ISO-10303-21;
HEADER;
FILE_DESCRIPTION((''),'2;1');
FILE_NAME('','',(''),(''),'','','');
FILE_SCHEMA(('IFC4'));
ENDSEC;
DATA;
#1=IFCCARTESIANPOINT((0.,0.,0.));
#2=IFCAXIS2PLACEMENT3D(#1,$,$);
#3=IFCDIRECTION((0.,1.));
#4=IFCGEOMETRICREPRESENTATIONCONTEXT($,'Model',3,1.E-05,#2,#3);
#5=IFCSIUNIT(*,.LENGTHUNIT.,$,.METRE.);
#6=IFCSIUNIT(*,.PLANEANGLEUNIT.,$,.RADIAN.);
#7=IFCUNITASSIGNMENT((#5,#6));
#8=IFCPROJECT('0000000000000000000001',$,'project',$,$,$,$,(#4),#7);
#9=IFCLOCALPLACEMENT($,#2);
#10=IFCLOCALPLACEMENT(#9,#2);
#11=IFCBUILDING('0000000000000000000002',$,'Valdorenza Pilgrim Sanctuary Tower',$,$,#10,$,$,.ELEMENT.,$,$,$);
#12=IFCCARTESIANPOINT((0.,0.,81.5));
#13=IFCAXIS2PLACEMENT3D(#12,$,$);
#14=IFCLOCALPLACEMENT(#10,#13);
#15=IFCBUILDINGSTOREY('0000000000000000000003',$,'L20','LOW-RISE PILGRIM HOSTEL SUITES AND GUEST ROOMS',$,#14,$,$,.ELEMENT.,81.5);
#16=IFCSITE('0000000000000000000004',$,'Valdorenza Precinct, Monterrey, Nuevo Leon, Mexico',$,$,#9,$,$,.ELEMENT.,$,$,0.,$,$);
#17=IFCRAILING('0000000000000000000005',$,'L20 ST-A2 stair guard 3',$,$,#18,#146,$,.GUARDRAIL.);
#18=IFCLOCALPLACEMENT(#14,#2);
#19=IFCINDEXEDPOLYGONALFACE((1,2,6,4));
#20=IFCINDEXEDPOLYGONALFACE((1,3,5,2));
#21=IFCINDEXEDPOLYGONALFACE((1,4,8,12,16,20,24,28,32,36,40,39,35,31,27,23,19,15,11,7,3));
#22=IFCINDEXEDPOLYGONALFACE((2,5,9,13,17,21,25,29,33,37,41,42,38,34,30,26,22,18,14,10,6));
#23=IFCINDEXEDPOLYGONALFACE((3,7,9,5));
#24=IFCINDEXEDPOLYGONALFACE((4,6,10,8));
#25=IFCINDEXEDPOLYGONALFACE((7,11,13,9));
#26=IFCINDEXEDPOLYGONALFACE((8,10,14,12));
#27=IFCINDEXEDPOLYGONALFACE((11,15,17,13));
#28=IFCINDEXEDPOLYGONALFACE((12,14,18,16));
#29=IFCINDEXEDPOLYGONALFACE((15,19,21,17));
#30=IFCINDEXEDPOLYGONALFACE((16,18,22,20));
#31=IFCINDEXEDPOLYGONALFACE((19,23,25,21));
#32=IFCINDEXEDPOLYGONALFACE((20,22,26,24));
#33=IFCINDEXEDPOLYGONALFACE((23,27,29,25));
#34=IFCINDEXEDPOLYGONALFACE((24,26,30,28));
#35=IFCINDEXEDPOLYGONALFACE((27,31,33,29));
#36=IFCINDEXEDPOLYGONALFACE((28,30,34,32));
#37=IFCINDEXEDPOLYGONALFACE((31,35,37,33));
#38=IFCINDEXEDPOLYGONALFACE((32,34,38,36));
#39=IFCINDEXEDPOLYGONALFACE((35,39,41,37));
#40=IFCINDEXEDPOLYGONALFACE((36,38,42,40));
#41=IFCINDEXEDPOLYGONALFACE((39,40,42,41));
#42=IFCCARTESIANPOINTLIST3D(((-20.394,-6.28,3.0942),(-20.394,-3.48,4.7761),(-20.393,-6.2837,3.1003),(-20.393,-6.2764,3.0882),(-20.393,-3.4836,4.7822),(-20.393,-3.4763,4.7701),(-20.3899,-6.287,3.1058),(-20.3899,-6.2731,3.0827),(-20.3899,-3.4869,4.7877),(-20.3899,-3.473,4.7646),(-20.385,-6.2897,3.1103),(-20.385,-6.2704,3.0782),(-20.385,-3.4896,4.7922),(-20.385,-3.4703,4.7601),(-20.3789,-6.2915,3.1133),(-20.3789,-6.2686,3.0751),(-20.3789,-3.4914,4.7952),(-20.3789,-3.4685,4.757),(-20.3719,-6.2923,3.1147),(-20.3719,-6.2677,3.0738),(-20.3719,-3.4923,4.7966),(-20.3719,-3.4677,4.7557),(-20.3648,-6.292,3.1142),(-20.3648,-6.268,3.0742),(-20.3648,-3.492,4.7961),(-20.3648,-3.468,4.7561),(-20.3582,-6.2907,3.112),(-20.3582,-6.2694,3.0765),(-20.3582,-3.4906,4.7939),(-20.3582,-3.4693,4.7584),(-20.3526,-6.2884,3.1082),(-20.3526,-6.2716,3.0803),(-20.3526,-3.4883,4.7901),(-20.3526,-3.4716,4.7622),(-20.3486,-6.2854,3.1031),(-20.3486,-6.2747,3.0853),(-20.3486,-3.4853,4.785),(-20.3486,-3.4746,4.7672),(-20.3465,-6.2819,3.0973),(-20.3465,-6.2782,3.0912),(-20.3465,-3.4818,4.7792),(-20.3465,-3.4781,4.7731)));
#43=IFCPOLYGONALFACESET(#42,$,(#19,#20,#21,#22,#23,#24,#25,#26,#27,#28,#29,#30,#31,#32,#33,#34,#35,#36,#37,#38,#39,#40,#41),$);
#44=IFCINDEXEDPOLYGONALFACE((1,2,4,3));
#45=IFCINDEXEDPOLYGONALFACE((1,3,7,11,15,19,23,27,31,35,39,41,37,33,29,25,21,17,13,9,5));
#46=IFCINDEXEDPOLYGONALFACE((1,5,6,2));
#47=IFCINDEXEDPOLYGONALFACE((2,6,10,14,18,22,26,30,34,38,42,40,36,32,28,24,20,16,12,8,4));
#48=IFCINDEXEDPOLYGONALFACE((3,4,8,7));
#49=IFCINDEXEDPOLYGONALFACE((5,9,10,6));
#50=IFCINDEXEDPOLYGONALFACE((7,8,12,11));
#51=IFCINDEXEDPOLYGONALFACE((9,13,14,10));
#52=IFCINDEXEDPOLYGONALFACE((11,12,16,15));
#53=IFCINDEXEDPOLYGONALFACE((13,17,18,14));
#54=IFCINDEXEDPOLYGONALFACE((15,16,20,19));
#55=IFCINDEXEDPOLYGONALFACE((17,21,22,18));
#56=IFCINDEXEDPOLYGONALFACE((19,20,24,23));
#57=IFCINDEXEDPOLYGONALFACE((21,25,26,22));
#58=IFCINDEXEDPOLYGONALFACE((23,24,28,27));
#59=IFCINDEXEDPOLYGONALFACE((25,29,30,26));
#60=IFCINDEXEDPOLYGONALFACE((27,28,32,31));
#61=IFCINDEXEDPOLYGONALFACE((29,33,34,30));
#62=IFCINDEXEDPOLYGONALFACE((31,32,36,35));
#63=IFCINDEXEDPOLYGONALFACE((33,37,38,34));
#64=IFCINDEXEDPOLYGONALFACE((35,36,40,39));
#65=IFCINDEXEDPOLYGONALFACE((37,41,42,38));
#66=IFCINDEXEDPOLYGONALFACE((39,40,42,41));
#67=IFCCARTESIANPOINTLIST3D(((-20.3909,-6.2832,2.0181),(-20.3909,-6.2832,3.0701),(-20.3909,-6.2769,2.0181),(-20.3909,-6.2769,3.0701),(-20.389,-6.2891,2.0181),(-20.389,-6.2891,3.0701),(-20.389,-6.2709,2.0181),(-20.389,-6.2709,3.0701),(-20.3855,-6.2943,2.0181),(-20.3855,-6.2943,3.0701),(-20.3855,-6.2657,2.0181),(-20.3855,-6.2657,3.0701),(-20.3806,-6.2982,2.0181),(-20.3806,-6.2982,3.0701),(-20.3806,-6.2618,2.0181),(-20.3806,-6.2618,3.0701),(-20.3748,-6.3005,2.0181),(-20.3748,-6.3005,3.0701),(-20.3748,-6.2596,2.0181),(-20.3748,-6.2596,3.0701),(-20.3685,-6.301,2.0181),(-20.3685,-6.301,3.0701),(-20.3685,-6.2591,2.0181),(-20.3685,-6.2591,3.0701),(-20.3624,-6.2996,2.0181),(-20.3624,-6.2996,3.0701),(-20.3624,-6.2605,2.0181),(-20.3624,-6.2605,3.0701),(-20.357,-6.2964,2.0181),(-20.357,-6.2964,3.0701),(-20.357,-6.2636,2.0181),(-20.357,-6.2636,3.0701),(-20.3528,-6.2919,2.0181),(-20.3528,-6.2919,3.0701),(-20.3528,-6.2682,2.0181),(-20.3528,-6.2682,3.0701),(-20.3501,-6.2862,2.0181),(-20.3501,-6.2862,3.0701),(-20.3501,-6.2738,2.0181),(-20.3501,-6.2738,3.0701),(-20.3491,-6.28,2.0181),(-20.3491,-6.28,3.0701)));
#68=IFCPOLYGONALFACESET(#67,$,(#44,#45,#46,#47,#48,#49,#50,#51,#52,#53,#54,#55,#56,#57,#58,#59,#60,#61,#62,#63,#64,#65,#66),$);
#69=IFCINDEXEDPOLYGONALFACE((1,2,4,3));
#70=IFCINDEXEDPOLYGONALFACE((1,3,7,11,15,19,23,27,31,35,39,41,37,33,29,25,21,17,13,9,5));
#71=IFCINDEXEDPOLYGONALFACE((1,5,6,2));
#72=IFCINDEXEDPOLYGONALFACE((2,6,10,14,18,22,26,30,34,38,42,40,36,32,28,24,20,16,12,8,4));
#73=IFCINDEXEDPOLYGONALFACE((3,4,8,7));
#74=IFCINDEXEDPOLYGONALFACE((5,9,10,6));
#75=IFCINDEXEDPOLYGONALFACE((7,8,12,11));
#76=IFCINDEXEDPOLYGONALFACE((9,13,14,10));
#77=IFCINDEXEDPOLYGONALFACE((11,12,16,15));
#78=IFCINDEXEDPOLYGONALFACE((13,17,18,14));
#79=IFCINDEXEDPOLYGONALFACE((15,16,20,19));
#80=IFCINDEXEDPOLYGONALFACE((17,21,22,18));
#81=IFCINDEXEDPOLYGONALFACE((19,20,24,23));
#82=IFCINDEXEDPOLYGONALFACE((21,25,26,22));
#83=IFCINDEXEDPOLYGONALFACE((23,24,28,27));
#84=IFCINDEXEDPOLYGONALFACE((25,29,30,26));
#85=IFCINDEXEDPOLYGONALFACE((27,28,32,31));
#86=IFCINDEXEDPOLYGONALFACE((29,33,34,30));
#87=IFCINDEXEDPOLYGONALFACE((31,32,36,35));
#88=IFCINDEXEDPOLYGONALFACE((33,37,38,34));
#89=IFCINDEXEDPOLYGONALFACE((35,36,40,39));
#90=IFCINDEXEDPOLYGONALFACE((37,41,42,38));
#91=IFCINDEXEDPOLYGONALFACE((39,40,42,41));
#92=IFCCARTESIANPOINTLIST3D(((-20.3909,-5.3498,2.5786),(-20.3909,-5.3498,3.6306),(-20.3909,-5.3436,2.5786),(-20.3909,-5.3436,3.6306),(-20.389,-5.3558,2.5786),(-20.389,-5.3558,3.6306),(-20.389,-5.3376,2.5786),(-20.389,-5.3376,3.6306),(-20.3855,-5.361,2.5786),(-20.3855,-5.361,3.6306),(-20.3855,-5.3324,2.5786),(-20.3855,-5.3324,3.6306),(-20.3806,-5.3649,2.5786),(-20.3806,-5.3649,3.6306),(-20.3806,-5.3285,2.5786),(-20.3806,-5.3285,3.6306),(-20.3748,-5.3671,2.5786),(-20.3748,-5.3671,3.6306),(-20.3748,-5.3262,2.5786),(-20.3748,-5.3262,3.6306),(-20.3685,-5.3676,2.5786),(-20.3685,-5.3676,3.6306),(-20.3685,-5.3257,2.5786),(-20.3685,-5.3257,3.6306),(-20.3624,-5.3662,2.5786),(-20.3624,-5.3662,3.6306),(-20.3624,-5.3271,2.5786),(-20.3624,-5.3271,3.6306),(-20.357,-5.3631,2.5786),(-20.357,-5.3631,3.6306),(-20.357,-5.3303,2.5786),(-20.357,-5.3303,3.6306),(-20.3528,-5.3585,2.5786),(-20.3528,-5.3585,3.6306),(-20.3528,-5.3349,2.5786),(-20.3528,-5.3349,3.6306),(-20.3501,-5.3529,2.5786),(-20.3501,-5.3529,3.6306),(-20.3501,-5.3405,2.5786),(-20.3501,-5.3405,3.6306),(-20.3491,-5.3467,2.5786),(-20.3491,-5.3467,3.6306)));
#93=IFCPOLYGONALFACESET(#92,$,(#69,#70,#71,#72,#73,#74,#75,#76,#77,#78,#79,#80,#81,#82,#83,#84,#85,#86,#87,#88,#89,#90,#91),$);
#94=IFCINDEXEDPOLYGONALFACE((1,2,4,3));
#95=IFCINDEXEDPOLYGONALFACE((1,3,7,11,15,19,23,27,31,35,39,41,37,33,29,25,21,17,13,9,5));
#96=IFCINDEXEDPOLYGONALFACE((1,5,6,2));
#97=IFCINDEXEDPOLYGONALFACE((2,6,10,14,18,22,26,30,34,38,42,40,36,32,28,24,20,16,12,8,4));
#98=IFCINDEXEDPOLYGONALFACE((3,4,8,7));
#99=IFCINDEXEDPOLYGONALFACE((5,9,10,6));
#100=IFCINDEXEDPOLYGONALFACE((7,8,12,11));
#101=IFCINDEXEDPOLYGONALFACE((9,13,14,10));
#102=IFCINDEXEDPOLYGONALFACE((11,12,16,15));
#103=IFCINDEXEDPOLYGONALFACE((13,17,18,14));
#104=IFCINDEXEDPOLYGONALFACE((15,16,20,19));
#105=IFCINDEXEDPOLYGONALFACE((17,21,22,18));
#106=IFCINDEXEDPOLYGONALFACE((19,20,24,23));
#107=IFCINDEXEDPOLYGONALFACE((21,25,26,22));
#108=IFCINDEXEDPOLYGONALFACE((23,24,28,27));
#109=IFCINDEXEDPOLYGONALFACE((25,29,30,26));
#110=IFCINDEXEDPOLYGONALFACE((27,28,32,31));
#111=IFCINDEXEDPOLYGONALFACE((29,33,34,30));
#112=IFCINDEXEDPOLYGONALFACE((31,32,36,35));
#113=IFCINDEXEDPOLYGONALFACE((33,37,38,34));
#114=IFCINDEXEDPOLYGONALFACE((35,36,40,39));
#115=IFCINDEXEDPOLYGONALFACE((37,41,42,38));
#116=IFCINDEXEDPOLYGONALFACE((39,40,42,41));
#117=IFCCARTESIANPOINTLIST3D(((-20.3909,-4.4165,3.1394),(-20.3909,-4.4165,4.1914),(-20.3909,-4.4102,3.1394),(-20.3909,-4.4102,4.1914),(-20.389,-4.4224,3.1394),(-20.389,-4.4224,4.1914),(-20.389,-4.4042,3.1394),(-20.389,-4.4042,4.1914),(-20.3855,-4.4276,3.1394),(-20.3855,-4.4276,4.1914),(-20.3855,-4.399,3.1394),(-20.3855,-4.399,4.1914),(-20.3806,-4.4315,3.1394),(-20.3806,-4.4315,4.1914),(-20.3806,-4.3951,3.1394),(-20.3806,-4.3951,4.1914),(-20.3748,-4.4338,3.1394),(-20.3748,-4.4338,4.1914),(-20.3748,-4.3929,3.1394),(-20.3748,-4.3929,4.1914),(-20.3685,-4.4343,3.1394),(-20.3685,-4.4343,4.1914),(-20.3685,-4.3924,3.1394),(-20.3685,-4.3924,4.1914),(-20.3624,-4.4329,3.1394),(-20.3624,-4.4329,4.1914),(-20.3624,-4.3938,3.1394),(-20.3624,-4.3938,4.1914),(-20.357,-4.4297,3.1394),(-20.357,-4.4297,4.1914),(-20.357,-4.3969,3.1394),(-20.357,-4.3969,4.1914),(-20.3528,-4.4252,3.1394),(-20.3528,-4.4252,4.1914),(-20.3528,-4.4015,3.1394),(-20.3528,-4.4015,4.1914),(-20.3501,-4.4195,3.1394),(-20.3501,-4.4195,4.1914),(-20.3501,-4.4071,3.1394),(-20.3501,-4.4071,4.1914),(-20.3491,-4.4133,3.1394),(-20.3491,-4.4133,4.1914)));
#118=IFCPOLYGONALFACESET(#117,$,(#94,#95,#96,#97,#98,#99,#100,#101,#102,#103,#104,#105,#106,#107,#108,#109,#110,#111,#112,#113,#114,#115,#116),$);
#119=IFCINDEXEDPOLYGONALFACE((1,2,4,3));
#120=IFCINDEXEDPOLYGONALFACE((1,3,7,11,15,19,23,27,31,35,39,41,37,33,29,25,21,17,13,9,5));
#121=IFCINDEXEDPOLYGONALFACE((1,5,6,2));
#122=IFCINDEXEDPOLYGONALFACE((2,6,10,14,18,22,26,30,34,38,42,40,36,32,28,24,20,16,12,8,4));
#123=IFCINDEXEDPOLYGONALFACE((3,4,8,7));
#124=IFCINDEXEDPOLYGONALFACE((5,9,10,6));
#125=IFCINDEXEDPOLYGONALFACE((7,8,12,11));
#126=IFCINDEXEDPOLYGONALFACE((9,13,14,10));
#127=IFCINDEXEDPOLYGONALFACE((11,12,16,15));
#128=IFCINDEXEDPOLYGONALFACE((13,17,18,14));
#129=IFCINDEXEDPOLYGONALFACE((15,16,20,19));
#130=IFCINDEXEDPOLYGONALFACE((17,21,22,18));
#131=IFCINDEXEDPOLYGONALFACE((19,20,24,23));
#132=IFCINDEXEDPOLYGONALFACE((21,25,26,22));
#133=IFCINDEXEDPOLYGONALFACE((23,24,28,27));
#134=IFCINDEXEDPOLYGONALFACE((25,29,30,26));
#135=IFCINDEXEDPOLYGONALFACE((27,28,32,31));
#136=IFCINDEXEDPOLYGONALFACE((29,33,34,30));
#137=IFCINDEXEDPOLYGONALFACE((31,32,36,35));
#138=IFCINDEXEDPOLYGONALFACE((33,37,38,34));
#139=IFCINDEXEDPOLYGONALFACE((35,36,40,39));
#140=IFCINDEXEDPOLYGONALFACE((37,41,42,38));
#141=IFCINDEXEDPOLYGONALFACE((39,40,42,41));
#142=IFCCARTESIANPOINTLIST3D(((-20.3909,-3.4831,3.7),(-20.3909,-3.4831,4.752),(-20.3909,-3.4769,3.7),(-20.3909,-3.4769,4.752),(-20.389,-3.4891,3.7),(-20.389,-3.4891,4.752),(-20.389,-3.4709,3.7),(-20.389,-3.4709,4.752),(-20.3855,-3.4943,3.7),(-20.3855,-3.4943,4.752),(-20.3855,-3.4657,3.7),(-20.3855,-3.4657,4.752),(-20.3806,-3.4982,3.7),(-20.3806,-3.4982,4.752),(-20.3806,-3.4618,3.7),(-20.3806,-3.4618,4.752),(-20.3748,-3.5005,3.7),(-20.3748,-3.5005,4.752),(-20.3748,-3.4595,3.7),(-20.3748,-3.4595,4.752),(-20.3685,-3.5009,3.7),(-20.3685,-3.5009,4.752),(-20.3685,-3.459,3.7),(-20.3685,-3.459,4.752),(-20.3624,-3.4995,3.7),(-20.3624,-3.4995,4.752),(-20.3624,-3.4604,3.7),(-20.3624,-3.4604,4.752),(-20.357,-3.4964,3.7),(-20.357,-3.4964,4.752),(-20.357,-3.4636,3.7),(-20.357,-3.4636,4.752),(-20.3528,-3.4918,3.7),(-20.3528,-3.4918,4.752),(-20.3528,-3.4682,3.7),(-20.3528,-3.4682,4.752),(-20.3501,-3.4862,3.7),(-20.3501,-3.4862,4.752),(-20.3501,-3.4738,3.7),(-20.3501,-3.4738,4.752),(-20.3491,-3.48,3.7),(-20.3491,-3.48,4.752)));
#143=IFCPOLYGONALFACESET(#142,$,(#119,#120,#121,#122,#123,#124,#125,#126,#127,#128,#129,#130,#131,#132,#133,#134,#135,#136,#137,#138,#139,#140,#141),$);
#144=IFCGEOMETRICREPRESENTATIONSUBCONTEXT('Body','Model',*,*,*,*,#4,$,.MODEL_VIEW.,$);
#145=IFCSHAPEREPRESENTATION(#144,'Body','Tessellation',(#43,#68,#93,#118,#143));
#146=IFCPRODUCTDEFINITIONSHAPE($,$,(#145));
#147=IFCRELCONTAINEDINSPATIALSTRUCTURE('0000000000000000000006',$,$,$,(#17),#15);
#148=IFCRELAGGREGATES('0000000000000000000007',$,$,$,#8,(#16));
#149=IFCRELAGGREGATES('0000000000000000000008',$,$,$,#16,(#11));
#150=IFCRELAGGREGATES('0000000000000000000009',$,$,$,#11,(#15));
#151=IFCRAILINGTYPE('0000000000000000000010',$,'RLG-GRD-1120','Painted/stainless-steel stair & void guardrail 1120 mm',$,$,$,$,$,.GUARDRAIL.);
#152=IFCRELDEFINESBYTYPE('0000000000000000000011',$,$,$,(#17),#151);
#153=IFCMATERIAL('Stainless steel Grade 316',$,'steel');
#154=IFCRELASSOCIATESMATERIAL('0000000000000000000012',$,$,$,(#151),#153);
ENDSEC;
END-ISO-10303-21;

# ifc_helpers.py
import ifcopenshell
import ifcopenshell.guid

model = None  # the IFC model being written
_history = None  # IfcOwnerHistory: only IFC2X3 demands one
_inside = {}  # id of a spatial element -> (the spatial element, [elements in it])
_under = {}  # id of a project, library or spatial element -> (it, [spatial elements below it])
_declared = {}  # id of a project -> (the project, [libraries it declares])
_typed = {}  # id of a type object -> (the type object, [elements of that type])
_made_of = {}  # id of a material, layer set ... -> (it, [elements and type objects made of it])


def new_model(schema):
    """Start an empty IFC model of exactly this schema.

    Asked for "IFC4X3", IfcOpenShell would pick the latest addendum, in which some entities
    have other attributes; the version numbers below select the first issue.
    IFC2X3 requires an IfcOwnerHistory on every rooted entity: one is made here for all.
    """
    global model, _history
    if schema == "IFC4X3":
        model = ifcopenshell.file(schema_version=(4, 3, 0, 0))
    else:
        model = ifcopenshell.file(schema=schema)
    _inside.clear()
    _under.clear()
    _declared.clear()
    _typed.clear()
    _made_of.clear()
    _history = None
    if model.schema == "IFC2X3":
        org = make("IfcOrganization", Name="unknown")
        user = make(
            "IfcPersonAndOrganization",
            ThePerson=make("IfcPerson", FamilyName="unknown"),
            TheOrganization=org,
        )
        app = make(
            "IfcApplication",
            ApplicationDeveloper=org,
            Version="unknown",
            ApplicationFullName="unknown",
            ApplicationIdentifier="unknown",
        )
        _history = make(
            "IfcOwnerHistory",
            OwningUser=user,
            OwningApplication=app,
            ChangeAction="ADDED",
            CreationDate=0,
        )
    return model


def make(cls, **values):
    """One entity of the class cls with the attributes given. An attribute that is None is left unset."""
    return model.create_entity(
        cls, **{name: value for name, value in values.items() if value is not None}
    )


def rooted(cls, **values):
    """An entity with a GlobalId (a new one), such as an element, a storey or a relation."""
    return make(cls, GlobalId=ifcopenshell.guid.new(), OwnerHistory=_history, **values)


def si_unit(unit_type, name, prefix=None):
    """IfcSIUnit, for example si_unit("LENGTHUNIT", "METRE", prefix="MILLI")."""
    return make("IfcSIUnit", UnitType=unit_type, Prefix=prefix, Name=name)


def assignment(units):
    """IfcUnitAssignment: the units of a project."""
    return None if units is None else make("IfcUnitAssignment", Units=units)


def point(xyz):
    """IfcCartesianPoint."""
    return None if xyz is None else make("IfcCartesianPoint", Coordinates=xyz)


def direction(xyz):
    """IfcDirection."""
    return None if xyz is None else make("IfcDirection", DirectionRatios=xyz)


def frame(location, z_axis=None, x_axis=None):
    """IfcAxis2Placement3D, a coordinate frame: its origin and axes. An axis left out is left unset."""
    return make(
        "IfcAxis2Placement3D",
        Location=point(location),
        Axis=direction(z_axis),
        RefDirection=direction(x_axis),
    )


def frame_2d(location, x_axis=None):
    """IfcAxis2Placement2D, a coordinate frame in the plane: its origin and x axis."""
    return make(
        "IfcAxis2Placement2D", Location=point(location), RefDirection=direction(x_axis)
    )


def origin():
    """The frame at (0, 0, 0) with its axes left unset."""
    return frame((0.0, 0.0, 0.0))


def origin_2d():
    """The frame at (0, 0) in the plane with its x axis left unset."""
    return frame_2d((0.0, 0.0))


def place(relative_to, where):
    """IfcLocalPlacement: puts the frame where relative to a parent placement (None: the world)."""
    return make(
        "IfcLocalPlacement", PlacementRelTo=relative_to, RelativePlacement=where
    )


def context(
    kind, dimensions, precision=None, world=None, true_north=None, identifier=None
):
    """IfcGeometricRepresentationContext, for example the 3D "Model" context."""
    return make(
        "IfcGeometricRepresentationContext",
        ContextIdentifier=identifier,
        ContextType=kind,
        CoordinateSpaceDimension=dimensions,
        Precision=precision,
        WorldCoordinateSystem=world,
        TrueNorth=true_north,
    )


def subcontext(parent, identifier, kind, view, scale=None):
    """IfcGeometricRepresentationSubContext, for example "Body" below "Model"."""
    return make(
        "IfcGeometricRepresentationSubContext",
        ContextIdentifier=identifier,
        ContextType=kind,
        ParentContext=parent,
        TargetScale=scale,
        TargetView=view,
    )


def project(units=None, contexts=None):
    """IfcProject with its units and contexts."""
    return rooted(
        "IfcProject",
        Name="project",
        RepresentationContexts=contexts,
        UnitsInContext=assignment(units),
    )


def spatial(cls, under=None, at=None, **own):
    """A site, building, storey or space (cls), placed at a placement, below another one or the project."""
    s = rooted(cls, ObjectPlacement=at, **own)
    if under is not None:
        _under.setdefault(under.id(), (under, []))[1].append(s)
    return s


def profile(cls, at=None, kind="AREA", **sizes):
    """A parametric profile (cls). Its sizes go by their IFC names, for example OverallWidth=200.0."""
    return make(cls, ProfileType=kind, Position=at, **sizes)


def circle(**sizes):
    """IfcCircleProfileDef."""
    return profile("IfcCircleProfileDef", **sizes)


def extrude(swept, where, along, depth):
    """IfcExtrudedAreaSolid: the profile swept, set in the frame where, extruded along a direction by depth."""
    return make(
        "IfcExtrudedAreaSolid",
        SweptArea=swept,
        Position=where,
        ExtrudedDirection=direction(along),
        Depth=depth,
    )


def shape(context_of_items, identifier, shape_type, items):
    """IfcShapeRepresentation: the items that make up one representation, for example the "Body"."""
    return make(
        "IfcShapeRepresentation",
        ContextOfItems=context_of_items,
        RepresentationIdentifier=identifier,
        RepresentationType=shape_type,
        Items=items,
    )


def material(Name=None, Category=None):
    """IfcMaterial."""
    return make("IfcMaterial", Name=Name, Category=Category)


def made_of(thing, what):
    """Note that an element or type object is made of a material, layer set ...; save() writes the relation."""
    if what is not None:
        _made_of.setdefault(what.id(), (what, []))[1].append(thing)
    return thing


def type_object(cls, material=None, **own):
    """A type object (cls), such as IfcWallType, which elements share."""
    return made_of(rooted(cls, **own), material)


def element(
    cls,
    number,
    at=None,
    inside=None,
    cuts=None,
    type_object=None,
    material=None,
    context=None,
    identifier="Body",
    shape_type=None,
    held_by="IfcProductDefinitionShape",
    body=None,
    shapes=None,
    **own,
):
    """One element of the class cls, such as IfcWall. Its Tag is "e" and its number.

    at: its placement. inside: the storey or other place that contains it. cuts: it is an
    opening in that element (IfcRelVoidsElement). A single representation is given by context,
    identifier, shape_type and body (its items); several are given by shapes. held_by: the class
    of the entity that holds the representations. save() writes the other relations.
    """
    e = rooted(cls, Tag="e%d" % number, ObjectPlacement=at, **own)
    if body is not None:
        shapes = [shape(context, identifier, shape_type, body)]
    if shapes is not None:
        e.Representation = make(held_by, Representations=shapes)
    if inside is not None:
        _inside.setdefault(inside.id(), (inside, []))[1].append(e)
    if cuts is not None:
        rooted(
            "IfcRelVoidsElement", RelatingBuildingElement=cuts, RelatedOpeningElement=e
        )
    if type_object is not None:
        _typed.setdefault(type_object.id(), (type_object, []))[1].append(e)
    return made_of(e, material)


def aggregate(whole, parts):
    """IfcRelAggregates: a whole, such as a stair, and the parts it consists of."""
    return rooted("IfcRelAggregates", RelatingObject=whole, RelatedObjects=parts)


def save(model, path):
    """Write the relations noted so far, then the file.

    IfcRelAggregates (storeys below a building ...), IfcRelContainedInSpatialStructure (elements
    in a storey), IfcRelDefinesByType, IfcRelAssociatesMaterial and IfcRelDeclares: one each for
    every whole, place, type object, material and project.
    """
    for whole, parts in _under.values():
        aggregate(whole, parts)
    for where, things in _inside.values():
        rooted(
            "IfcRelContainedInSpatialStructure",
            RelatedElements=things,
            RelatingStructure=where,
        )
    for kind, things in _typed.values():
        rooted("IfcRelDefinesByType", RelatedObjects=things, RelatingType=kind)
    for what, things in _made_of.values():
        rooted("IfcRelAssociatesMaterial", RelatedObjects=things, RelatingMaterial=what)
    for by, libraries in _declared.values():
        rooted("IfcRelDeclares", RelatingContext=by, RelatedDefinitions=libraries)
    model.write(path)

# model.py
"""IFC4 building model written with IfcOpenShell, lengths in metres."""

from ifc_helpers import new_model, si_unit, direction, frame, origin, origin_2d, place, context, subcontext, project, spatial, circle, extrude, material, type_object, element, save


model = new_model("IFC4")

# Units and contexts
model_context = context("Model", 3, precision=1e-05, world=origin(), true_north=direction((0.0, 1.0)))
body_context = subcontext(model_context, "Body", "Model", "MODEL_VIEW")
ifc_project = project(units=[si_unit("LENGTHUNIT", "METRE"), si_unit("PLANEANGLEUNIT", "RADIAN")], contexts=[model_context])

# Site, building, storey
site_placement = place(None, origin())
site = spatial("IfcSite", under=ifc_project, at=site_placement, Name="Valdorenza Precinct, Monterrey, Nuevo Leon, Mexico", CompositionType="ELEMENT", RefElevation=0.0)
building_placement = place(site_placement, origin())
building = spatial("IfcBuilding", under=site, at=building_placement, Name="Valdorenza Pilgrim Sanctuary Tower", CompositionType="ELEMENT")
storey_placement = place(building_placement, frame((0.0, 0.0, 81.5)))
storey = spatial("IfcBuildingStorey", under=building, at=storey_placement, Name="L20", Description="LOW-RISE PILGRIM HOSTEL SUITES AND GUEST ROOMS", CompositionType="ELEMENT", Elevation=81.5)

# Railing
ifc_material_1 = material(Name="Stainless steel Grade 316", Category="steel")
railing_type_1 = type_object("IfcRailingType", Name="RLG-GRD-1120", Description="Painted/stainless-steel stair & void guardrail 1120 mm", PredefinedType="GUARDRAIL", material=ifc_material_1)
railing_1_placement = place(storey_placement, frame((-20.3701, -6.28, 2.0181)))
element("IfcRailing", 1, at=railing_1_placement, inside=storey, type_object=railing_type_1, Name="L20 ST-A2 stair guard 3", PredefinedType="GUARDRAIL", context=body_context, shape_type="SweptSolid", body=[
    extrude(circle(Radius=0.0239, at=origin_2d()), frame((0.0, 0.0, 1.0762), z_axis=(0.0, 0.857242, 0.514913), x_axis=(-1.0, 0.0, 0.0)), (0.0, 0.0, 1.0), 3.2664),
    extrude(circle(Radius=0.021, at=origin_2d()), origin(), (0.0, 0.0, 1.0), 1.052),
    extrude(circle(Radius=0.021, at=origin_2d()), frame((0.0, 0.9333, 0.5605)), (0.0, 0.0, 1.0), 1.052),
    extrude(circle(Radius=0.021, at=origin_2d()), frame((0.0, 1.8667, 1.1213)), (0.0, 0.0, 1.0), 1.052),
    extrude(circle(Radius=0.021, at=origin_2d()), frame((0.0, 2.8, 1.6819)), (0.0, 0.0, 1.0), 1.052),
])

save(model, "model.ifc")
